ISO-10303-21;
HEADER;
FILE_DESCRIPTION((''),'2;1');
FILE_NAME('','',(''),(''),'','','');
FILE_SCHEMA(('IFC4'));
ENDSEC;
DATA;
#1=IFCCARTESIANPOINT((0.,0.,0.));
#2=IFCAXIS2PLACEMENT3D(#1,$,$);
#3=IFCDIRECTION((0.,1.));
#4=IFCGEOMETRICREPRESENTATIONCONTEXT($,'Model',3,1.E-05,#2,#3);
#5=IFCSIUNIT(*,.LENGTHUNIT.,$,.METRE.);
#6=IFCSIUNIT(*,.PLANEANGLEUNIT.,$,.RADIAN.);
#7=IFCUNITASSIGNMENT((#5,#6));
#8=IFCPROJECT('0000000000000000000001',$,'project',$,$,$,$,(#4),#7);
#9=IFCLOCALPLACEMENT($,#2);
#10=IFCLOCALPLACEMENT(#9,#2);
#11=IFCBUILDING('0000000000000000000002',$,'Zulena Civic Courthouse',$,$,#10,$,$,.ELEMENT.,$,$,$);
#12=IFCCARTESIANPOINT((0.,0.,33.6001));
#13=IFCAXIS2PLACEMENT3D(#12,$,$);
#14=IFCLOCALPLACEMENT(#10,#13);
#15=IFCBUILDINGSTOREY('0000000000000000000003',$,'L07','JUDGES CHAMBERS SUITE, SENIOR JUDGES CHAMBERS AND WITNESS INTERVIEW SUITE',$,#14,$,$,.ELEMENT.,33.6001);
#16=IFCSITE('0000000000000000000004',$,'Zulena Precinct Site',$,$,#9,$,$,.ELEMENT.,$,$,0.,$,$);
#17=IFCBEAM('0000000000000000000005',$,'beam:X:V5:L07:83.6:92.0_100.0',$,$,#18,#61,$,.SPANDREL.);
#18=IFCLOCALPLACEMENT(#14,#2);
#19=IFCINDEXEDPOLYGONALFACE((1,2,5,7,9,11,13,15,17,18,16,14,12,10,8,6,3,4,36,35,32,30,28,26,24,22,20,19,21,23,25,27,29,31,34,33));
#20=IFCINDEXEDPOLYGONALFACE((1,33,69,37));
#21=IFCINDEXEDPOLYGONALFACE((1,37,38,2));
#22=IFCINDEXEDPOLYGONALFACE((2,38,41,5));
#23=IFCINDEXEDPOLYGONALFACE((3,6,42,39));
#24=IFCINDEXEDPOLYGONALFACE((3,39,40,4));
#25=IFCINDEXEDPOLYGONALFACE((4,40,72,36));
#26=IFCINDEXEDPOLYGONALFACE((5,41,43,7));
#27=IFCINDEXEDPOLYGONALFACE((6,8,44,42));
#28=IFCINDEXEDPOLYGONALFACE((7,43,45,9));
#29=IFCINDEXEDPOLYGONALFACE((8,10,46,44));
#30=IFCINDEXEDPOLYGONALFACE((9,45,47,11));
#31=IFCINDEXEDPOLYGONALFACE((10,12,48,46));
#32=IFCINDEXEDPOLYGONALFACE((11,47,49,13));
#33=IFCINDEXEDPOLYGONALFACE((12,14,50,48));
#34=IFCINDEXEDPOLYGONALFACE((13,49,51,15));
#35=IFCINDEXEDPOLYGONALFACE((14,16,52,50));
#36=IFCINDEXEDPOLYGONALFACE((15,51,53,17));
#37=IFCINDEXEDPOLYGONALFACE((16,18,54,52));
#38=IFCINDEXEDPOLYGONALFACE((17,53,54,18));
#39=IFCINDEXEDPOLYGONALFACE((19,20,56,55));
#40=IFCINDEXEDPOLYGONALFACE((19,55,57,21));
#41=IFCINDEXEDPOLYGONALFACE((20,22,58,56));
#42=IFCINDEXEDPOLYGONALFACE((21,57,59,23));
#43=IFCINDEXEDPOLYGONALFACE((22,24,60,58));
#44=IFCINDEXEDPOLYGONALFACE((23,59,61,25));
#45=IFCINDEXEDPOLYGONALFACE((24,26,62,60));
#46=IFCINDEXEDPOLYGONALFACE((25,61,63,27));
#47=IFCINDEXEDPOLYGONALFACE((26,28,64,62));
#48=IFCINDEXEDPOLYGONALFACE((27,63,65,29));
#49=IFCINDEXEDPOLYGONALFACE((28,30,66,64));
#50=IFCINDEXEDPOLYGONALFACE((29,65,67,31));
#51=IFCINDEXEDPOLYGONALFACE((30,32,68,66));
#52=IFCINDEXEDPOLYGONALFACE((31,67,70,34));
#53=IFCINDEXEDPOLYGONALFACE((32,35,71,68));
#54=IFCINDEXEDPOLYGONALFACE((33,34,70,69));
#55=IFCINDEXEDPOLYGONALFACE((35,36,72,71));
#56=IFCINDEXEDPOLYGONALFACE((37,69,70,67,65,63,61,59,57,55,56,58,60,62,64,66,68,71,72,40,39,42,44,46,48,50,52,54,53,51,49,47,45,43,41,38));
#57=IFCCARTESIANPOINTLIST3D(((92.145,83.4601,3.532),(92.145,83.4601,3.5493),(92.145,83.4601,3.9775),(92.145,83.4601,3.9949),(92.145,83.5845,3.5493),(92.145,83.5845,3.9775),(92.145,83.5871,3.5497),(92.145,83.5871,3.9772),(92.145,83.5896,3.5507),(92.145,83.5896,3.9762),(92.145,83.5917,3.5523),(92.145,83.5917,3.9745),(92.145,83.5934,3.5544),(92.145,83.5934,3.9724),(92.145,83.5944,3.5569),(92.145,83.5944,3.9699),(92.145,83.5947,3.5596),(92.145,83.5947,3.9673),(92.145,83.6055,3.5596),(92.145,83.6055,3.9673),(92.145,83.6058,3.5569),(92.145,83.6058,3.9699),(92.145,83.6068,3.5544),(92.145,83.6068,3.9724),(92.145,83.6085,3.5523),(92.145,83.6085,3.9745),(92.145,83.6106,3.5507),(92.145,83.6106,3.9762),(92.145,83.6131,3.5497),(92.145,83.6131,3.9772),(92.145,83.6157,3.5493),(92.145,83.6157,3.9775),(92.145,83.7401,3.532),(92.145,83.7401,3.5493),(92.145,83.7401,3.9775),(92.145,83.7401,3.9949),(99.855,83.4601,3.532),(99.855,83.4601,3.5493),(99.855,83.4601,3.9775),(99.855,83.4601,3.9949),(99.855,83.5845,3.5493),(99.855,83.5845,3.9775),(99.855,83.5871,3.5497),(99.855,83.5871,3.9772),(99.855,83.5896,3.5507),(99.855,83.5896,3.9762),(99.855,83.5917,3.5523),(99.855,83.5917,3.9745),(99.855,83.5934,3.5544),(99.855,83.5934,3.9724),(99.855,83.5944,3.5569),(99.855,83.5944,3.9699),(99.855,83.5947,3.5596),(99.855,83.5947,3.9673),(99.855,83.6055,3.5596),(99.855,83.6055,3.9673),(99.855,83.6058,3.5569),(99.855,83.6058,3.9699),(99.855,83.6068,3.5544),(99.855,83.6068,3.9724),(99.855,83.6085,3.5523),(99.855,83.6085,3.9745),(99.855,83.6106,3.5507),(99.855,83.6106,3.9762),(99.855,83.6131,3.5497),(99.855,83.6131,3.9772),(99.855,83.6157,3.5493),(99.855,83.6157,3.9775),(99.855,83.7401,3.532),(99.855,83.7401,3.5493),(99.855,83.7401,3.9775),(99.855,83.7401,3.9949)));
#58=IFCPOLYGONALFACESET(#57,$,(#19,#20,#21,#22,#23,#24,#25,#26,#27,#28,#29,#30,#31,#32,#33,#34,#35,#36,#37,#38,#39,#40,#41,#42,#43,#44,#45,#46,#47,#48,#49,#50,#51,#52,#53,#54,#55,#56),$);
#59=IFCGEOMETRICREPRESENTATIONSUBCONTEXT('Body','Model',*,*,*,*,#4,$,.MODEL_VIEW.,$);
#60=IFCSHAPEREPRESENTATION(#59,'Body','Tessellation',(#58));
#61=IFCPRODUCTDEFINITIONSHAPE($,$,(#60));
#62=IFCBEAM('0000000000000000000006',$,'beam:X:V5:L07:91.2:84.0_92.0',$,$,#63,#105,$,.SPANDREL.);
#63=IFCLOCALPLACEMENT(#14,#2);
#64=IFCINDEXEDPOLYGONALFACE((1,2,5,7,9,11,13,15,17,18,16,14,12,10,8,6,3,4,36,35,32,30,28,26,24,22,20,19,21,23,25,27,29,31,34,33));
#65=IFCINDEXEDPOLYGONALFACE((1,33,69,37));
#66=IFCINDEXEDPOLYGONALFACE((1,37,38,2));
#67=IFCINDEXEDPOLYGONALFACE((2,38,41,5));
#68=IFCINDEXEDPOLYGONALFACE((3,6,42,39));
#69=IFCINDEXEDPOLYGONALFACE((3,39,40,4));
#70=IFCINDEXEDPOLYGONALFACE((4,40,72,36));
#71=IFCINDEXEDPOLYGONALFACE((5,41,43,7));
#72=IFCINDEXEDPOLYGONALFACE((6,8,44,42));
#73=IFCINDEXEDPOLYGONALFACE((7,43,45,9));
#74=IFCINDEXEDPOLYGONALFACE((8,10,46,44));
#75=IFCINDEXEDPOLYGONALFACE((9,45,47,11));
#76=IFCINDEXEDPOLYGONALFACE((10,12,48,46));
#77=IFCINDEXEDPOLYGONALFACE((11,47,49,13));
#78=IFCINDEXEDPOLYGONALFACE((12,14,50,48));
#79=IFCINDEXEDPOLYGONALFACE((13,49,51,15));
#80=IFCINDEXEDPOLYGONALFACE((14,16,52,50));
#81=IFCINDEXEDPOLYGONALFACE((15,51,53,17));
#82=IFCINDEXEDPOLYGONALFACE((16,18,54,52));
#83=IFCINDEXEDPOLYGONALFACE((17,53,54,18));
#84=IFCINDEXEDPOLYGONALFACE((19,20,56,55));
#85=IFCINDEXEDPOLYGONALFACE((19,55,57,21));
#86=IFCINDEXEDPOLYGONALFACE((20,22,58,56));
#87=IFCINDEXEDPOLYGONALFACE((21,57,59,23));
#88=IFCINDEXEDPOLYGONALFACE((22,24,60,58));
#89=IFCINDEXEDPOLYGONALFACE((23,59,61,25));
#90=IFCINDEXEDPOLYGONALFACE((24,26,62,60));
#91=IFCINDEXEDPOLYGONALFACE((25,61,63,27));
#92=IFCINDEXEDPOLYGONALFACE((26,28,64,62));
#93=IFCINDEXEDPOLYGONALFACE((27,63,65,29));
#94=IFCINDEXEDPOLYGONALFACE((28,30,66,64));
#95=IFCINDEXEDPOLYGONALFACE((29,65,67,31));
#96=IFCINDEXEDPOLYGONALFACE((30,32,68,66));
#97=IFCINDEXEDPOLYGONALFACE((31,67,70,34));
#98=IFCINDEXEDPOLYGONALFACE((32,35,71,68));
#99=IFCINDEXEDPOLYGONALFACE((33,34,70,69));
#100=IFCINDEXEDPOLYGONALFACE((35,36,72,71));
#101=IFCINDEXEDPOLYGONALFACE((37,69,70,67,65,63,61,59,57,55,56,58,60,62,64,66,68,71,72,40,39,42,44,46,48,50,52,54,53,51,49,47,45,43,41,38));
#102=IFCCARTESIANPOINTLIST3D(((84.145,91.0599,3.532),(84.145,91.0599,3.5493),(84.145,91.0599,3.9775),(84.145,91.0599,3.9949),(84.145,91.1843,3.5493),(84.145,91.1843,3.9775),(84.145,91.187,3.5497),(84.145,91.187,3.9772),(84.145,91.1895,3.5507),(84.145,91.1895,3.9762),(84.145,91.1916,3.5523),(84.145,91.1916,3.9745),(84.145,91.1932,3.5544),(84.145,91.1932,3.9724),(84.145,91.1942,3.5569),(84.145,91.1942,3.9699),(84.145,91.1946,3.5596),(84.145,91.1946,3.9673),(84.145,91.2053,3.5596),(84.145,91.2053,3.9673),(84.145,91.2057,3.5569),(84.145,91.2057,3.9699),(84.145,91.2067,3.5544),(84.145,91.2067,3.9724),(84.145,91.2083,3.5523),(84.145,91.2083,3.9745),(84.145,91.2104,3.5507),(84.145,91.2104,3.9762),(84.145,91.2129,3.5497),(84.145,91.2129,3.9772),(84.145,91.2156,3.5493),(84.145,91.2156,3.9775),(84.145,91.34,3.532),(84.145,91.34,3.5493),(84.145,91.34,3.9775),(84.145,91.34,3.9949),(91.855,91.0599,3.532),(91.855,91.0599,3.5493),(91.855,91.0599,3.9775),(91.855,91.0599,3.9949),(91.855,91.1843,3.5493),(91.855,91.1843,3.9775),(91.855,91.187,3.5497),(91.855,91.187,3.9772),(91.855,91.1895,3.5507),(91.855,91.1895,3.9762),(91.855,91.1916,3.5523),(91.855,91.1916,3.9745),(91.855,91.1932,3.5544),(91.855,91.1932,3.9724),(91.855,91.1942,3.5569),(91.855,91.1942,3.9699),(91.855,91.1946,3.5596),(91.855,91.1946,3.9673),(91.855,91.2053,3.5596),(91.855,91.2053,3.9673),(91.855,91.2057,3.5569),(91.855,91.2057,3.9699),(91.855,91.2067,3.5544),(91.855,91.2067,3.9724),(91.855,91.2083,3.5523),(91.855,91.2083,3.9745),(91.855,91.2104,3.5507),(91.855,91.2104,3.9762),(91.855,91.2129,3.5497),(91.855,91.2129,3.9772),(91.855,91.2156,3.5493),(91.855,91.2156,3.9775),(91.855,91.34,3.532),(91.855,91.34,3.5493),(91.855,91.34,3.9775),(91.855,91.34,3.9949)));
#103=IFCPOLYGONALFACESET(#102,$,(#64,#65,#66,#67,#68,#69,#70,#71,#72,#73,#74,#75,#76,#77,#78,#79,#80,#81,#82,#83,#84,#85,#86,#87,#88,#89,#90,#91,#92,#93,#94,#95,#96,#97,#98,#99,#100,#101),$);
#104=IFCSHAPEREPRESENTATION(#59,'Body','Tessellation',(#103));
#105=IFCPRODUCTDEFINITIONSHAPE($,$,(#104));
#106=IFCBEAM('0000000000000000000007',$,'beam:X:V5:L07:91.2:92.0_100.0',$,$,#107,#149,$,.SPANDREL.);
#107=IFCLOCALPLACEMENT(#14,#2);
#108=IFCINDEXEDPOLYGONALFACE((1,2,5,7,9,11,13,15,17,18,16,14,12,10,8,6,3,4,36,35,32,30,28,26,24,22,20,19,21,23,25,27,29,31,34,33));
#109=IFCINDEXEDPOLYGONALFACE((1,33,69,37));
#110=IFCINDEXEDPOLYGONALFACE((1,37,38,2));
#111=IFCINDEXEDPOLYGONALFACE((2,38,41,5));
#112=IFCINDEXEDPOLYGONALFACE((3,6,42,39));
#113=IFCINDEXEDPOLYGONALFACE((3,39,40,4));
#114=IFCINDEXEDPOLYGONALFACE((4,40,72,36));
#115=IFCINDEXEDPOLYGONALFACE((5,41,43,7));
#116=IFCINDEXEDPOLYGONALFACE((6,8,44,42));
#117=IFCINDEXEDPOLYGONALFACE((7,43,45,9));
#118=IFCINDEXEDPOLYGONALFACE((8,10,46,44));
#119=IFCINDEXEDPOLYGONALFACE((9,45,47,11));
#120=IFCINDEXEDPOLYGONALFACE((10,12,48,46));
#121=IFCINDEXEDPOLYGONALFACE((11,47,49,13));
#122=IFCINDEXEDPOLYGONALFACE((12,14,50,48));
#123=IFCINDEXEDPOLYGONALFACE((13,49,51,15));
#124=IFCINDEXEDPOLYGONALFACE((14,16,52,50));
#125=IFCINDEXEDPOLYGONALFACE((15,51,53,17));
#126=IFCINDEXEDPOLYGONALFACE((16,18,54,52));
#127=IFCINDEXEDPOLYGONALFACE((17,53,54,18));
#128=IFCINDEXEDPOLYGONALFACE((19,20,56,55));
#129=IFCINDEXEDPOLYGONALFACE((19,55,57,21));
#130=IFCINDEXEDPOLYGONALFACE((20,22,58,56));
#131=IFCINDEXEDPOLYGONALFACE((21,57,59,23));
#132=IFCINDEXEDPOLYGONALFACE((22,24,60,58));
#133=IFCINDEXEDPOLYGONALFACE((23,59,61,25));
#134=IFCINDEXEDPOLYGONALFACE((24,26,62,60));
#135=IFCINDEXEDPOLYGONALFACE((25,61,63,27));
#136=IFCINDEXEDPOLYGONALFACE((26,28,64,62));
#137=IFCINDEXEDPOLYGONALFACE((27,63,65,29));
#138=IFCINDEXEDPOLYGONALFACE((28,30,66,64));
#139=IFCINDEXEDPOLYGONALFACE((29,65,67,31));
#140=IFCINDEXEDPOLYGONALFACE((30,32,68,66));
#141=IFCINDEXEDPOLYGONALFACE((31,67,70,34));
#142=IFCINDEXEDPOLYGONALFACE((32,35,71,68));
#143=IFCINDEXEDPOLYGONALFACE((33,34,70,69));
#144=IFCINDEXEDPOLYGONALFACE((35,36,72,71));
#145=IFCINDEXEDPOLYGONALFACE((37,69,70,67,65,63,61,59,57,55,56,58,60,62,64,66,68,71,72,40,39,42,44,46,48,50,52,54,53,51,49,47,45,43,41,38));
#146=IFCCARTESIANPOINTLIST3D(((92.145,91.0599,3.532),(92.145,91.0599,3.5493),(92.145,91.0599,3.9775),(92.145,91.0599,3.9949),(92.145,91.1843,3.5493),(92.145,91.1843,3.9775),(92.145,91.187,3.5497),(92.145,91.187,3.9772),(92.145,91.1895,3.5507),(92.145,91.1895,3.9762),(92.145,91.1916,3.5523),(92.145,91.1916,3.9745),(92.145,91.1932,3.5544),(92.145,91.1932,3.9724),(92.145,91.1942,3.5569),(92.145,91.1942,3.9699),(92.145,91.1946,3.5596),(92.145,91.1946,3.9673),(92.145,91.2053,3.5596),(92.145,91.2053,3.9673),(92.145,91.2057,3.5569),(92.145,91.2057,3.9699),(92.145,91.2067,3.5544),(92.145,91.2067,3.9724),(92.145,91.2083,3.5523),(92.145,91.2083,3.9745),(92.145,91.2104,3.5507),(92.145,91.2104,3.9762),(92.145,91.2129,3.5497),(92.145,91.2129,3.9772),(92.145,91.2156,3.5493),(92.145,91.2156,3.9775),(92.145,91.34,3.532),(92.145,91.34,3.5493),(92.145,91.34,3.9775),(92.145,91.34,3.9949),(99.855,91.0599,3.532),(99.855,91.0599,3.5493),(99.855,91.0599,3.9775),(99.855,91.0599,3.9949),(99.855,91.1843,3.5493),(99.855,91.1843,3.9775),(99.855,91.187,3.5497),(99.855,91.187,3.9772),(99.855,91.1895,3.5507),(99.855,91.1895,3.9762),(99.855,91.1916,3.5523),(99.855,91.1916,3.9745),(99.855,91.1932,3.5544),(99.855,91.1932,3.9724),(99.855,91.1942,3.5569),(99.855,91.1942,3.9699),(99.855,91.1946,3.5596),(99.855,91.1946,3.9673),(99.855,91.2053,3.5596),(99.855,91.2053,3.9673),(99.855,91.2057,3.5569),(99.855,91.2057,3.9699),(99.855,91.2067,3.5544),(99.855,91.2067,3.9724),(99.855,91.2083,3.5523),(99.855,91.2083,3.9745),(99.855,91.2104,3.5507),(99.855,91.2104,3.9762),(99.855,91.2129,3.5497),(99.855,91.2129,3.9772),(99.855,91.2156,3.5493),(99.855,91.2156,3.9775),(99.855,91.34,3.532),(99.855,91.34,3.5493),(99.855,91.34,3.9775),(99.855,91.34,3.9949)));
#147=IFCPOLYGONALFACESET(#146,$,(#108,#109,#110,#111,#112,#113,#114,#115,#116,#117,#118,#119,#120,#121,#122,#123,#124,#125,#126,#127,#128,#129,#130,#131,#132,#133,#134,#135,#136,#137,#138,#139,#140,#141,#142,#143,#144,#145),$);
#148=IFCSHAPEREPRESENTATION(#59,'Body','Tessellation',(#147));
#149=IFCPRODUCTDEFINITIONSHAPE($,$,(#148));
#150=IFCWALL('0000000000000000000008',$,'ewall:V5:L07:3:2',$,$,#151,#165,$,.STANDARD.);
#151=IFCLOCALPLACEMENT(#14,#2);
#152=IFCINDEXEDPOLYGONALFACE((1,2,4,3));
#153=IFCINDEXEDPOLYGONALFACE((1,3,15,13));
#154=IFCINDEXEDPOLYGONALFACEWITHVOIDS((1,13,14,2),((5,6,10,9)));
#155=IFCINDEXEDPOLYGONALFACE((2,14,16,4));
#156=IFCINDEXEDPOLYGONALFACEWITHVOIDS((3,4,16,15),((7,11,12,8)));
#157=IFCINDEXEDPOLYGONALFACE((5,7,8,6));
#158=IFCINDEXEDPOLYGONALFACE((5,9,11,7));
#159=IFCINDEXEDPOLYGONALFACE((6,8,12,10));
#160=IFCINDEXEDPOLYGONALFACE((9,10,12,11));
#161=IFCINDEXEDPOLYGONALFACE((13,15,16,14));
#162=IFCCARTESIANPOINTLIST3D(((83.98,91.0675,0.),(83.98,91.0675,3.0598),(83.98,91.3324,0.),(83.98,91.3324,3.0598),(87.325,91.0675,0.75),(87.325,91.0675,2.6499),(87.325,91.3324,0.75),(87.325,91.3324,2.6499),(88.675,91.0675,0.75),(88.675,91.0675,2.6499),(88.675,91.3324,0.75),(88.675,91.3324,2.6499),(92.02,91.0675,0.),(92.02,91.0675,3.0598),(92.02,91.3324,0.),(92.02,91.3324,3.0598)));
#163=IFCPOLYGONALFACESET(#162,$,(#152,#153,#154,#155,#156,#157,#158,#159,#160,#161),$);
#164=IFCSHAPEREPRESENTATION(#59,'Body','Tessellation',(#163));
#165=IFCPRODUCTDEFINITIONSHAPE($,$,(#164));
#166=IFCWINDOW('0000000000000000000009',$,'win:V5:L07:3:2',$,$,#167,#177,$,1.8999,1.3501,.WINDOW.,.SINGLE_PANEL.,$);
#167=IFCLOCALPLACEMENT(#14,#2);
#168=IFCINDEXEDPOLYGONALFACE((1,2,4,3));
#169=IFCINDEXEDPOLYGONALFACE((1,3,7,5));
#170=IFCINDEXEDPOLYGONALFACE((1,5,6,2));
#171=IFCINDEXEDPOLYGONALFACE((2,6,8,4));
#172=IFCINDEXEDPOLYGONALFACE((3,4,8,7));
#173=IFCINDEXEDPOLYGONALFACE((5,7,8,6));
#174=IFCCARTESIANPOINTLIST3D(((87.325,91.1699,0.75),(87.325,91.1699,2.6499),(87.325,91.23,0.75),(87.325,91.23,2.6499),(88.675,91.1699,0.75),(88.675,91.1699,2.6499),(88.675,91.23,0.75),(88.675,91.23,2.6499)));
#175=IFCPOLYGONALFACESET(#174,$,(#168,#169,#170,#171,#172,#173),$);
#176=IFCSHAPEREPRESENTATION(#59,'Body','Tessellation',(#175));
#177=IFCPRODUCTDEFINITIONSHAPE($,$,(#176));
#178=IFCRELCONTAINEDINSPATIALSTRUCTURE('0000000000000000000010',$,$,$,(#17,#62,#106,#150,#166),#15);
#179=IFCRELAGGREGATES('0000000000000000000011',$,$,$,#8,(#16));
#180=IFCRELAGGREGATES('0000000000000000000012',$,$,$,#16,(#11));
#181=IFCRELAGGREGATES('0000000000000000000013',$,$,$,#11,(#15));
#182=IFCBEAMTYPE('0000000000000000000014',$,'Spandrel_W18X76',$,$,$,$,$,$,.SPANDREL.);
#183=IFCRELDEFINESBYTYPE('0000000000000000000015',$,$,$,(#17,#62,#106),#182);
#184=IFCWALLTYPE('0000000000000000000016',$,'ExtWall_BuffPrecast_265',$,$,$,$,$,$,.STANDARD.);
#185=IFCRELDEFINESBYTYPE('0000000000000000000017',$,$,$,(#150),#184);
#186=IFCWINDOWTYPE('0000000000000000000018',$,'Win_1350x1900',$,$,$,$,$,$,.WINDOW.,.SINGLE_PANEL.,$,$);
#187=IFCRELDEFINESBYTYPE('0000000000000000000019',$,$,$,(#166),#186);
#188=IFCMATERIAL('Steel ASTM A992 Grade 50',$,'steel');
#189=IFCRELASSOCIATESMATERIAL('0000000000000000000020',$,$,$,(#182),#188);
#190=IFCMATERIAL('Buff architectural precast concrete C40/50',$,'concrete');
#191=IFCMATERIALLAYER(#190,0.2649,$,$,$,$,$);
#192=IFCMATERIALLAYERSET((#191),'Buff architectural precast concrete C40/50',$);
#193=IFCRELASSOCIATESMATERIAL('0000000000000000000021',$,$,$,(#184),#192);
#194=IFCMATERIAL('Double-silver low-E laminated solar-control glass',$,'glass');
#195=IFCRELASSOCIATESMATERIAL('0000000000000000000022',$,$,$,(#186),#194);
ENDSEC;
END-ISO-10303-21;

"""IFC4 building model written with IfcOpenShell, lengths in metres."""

from ifc_helpers import new_model, si_unit, direction, frame, frame_2d, origin, origin_2d, place, context, subcontext, project, spatial, rectangle, i_section, extrude, material, layer, layer_set, material_profile, profile_set, type_object, element, fill, save


model = new_model("IFC4")

# Units and contexts
model_context = context("Model", 3, precision=1e-05, world=origin(), true_north=direction((0.0, 1.0)))
body_context = subcontext(model_context, "Body", "Model", "MODEL_VIEW")
ifc_project = project(units=[si_unit("LENGTHUNIT", "METRE"), si_unit("PLANEANGLEUNIT", "RADIAN")], contexts=[model_context])

# Site, building, storey
site_placement = place(None, origin())
site = spatial("IfcSite", under=ifc_project, at=site_placement, Name="Zulena Precinct Site", CompositionType="ELEMENT", RefElevation=0.0)
building_placement = place(site_placement, origin())
building = spatial("IfcBuilding", under=site, at=building_placement, Name="Zulena Civic Courthouse", CompositionType="ELEMENT")
storey_placement = place(building_placement, frame((0.0, 0.0, 33.6001)))
storey = spatial("IfcBuildingStorey", under=building, at=storey_placement, Name="L07", Description="JUDGES CHAMBERS SUITE, SENIOR JUDGES CHAMBERS AND WITNESS INTERVIEW SUITE", CompositionType="ELEMENT", Elevation=33.6001)

# Shared definitions
ifc_material_1 = material(Name="Steel ASTM A992 Grade 50", Category="steel")

# Beams
ifc_material_profile_1 = material_profile(ifc_material_1, i_section(OverallWidth=0.28, OverallDepth=0.4629, WebThickness=0.0107, FlangeThickness=0.0173, FilletRadius=0.0103, at=origin_2d()), Name="W18X76")
ifc_profile_set_1 = profile_set([ifc_material_profile_1], Name="Steel ASTM A992 Grade 50")
beam_type_1 = type_object("IfcBeamType", Name="Spandrel_W18X76", PredefinedType="SPANDREL", material=ifc_profile_set_1)
for number, where, z_axis, x_axis, name in (
    (1, (92.145, 83.6001, 3.7634), (1.0, 0.0, 0.0), (0.0, 1.0, 0.0), "beam:X:V5:L07:83.6:92.0_100.0"),
    (2, (84.145, 91.2, 3.7634), (1.0, 0.0, 0.0), (0.0, 1.0, 0.0), "beam:X:V5:L07:91.2:84.0_92.0"),
    (3, (92.145, 91.2, 3.7634), (1.0, 0.0, 0.0), (0.0, 1.0, 0.0), "beam:X:V5:L07:91.2:92.0_100.0"),
):
    element("IfcBeam", number, at=place(storey_placement, frame(where, z_axis=z_axis, x_axis=x_axis)), inside=storey, type_object=beam_type_1, Name=name, PredefinedType="SPANDREL", context=body_context, shape_type="SweptSolid", body=[
        extrude(i_section(OverallWidth=0.28, OverallDepth=0.4629, WebThickness=0.0107, FlangeThickness=0.0173, FilletRadius=0.0103, at=origin_2d()), origin(), (0.0, 0.0, 1.0), 7.71),
    ])

# Wall, opening, window
ifc_material_2 = material(Name="Buff architectural precast concrete C40/50", Category="concrete")
ifc_layer_1 = layer(ifc_material_2, 0.2649)
ifc_layer_set_1 = layer_set([ifc_layer_1], Name="Buff architectural precast concrete C40/50")
wall_type = type_object("IfcWallType", Name="ExtWall_BuffPrecast_265", PredefinedType="STANDARD", material=ifc_layer_set_1)
wall_1_placement = place(storey_placement, frame((83.98, 91.2, 0.0), z_axis=(0.0, 0.0, 1.0), x_axis=(1.0, 0.0, 0.0)))
wall_1 = element("IfcWall", 4, at=wall_1_placement, inside=storey, type_object=wall_type, Name="ewall:V5:L07:3:2", PredefinedType="STANDARD", context=body_context, shape_type="SweptSolid", body=[
    extrude(rectangle(XDim=8.04, YDim=0.2649, at=frame_2d((4.02, 0.0))), origin(), (0.0, 0.0, 1.0), 3.0598),
])
opening_1_placement = place(wall_1_placement, frame((3.345, 0.0, 0.75)))
opening_1 = element("IfcOpeningElement", 5, at=opening_1_placement, cuts=wall_1, PredefinedType="OPENING", context=body_context, shape_type="SweptSolid", body=[
    extrude(rectangle(XDim=1.3501, YDim=1.8999, at=frame_2d((0.675, 0.95))), frame((0.0, 0.1423, 0.0), z_axis=(0.0, -1.0, 0.0), x_axis=(1.0, 0.0, 0.0)), (0.0, 0.0, 1.0), 0.2849),
])
ifc_material_3 = material(Name="Double-silver low-E laminated solar-control glass", Category="glass")
window_type_1 = type_object("IfcWindowType", Name="Win_1350x1900", PartitioningType="SINGLE_PANEL", PredefinedType="WINDOW", material=ifc_material_3)
window_1_placement = place(opening_1_placement, origin())
window_1 = element("IfcWindow", 6, at=window_1_placement, inside=storey, type_object=window_type_1, Name="win:V5:L07:3:2", OverallHeight=1.8999, OverallWidth=1.3501, PartitioningType="SINGLE_PANEL", PredefinedType="WINDOW", context=body_context, shape_type="SweptSolid", body=[
    extrude(rectangle(XDim=1.3501, YDim=1.8999, at=frame_2d((0.675, 0.95))), frame((0.0, 0.03, 0.0), z_axis=(0.0, -1.0, 0.0), x_axis=(1.0, 0.0, 0.0)), (0.0, 0.0, 1.0), 0.0601),
])
fill(opening_1, window_1)

save(model, "model.ifc")
